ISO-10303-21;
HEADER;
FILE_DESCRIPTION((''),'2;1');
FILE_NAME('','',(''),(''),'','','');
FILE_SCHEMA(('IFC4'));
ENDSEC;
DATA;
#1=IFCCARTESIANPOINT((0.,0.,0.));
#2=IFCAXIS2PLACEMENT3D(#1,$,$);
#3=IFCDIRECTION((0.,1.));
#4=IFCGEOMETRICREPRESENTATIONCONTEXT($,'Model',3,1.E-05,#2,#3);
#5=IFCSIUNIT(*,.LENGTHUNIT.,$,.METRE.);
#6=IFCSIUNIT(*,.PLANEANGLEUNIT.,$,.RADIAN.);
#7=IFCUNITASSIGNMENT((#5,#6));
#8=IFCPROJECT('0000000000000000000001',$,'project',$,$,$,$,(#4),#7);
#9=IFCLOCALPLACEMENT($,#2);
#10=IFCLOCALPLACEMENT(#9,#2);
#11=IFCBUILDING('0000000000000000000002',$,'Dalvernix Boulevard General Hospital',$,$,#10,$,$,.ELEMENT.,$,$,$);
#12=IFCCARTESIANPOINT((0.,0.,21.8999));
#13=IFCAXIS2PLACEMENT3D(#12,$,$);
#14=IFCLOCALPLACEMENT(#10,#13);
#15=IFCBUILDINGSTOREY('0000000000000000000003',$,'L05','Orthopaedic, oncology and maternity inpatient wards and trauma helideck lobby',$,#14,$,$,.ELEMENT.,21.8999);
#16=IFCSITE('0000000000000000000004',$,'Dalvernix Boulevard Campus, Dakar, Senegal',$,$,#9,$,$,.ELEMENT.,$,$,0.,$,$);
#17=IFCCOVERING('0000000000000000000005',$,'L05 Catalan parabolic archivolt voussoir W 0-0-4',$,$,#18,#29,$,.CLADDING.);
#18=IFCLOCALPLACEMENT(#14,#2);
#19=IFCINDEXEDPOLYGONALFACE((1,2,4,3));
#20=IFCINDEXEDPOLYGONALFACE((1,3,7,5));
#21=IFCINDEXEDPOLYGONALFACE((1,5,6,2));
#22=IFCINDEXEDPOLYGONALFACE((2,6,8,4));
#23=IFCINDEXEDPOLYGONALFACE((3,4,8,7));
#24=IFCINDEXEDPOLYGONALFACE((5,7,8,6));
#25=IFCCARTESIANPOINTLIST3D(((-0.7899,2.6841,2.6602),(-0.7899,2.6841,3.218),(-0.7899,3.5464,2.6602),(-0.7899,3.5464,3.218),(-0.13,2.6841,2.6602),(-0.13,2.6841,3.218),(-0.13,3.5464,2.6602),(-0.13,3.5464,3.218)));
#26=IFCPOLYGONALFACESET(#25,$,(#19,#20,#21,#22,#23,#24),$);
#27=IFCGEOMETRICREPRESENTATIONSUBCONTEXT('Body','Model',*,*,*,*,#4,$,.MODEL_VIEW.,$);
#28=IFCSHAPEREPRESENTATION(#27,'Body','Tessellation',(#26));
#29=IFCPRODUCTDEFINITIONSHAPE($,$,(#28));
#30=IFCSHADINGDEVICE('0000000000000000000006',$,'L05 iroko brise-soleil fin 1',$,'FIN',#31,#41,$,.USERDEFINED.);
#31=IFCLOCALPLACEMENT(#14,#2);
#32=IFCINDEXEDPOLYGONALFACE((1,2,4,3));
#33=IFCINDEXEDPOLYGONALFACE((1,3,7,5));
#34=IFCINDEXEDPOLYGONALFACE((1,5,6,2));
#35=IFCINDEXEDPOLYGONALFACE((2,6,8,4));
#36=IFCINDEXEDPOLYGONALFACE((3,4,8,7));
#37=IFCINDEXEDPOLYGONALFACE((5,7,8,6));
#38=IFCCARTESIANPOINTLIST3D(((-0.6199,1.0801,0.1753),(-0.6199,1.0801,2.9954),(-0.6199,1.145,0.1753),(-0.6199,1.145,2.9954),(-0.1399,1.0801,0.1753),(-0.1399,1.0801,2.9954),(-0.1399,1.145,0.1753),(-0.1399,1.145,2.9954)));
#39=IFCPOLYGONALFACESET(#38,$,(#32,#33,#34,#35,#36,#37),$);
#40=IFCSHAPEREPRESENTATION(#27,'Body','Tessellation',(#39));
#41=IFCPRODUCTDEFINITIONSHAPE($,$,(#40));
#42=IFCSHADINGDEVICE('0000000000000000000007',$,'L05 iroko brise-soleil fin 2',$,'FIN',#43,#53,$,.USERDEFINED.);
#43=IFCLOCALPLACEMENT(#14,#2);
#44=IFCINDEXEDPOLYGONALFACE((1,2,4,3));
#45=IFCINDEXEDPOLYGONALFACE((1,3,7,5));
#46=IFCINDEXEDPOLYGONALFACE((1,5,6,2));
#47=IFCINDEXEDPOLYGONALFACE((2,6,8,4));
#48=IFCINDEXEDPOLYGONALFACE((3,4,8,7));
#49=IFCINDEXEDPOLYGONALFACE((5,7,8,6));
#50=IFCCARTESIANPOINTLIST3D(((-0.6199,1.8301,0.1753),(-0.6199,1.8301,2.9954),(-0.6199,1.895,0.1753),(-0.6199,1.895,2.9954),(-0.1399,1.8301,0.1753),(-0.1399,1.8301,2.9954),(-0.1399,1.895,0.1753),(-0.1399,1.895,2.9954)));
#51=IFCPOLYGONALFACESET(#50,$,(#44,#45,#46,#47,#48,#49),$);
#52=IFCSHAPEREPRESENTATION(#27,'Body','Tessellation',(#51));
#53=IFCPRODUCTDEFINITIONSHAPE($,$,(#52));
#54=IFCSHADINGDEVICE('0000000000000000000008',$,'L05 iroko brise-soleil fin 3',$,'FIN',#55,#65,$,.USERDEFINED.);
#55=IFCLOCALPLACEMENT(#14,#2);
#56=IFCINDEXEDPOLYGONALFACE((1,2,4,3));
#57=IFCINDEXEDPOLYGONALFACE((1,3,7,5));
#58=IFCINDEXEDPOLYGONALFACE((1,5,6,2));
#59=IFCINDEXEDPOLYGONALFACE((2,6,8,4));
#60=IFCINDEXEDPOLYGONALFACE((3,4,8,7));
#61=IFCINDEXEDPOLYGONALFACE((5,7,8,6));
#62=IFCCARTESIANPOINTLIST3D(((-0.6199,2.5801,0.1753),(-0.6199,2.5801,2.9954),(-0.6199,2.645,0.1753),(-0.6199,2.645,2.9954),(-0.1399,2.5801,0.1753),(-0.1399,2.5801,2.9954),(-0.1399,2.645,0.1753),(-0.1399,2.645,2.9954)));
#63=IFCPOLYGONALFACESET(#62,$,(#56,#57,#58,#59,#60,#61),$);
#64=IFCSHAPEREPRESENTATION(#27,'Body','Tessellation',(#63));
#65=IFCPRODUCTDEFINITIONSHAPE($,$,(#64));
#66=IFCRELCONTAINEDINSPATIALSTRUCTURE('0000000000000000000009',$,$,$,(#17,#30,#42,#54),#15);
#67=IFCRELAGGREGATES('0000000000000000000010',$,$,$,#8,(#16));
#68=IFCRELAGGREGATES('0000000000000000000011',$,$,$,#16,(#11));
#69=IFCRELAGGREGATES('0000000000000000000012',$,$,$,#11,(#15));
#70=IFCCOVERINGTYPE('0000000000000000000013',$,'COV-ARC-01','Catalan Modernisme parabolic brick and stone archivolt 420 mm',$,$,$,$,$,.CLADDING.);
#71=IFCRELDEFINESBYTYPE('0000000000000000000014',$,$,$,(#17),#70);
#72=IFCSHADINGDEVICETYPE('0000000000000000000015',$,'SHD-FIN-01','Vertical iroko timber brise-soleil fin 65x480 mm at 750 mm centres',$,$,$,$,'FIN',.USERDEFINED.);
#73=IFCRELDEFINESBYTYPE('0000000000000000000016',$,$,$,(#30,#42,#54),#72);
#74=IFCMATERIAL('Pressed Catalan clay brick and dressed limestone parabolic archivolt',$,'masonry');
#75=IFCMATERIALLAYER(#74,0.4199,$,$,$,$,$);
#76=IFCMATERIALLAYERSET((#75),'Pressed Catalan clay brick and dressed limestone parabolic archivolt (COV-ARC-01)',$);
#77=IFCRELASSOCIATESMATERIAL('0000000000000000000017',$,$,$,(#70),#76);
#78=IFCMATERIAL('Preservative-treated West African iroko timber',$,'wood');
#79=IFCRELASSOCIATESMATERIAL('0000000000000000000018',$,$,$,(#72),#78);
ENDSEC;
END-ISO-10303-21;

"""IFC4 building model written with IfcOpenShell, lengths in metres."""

from ifc_helpers import new_model, si_unit, direction, frame, origin, origin_2d, place, context, subcontext, project, spatial, rectangle, extrude, material, layer, layer_set, type_object, element, save


model = new_model("IFC4")

# Units and contexts
model_context = context("Model", 3, precision=1e-05, world=origin(), true_north=direction((0.0, 1.0)))
body_context = subcontext(model_context, "Body", "Model", "MODEL_VIEW")
ifc_project = project(units=[si_unit("LENGTHUNIT", "METRE"), si_unit("PLANEANGLEUNIT", "RADIAN")], contexts=[model_context])

# Site, building, storey
site_placement = place(None, origin())
site = spatial("IfcSite", under=ifc_project, at=site_placement, Name="Dalvernix Boulevard Campus, Dakar, Senegal", CompositionType="ELEMENT", RefElevation=0.0)
building_placement = place(site_placement, origin())
building = spatial("IfcBuilding", under=site, at=building_placement, Name="Dalvernix Boulevard General Hospital", CompositionType="ELEMENT")
storey_placement = place(building_placement, frame((0.0, 0.0, 21.8999)))
storey = spatial("IfcBuildingStorey", under=building, at=storey_placement, Name="L05", Description="Orthopaedic, oncology and maternity inpatient wards and trauma helideck lobby", CompositionType="ELEMENT", Elevation=21.8999)

# Covering
ifc_material_1 = material(Name="Pressed Catalan clay brick and dressed limestone parabolic archivolt", Category="masonry")
ifc_layer_1 = layer(ifc_material_1, 0.4199)
ifc_layer_set_1 = layer_set([ifc_layer_1], Name="Pressed Catalan clay brick and dressed limestone parabolic archivolt (COV-ARC-01)")
covering_type = type_object("IfcCoveringType", Name="COV-ARC-01", Description="Catalan Modernisme parabolic brick and stone archivolt 420 mm", PredefinedType="CLADDING", material=ifc_layer_set_1)
covering_1_placement = place(storey_placement, frame((-0.46, 3.1152, 2.6602), z_axis=(0.0, 0.0, 1.0), x_axis=(0.0, 1.0, 0.0)))
element("IfcCovering", 1, at=covering_1_placement, inside=storey, type_object=covering_type, Name="L05 Catalan parabolic archivolt voussoir W 0-0-4", PredefinedType="CLADDING", context=body_context, shape_type="SweptSolid", body=[
    extrude(rectangle(XDim=0.8623, YDim=0.6599, at=origin_2d()), origin(), (0.0, 0.0, 1.0), 0.5579),
])

# Shading devices
ifc_material_2 = material(Name="Preservative-treated West African iroko timber", Category="wood")
shading_device_type = type_object("IfcShadingDeviceType", Name="SHD-FIN-01", Description="Vertical iroko timber brise-soleil fin 65x480 mm at 750 mm centres", ElementType="FIN", PredefinedType="USERDEFINED", material=ifc_material_2)
for number, where, z_axis, x_axis, name in (
    (2, (-0.3799, 1.1125, 0.1753), (0.0, 0.0, 1.0), (0.0, 1.0, 0.0), "L05 iroko brise-soleil fin 1"),
    (3, (-0.3799, 1.8625, 0.1753), (0.0, 0.0, 1.0), (0.0, 1.0, 0.0), "L05 iroko brise-soleil fin 2"),
    (4, (-0.3799, 2.6125, 0.1753), (0.0, 0.0, 1.0), (0.0, 1.0, 0.0), "L05 iroko brise-soleil fin 3"),
):
    element("IfcShadingDevice", number, at=place(storey_placement, frame(where, z_axis=z_axis, x_axis=x_axis)), inside=storey, type_object=shading_device_type, Name=name, ObjectType="FIN", PredefinedType="USERDEFINED", context=body_context, shape_type="SweptSolid", body=[
        extrude(rectangle(XDim=0.0649, YDim=0.48, at=origin_2d()), origin(), (0.0, 0.0, 1.0), 2.8201),
    ])

save(model, "model.ifc")
